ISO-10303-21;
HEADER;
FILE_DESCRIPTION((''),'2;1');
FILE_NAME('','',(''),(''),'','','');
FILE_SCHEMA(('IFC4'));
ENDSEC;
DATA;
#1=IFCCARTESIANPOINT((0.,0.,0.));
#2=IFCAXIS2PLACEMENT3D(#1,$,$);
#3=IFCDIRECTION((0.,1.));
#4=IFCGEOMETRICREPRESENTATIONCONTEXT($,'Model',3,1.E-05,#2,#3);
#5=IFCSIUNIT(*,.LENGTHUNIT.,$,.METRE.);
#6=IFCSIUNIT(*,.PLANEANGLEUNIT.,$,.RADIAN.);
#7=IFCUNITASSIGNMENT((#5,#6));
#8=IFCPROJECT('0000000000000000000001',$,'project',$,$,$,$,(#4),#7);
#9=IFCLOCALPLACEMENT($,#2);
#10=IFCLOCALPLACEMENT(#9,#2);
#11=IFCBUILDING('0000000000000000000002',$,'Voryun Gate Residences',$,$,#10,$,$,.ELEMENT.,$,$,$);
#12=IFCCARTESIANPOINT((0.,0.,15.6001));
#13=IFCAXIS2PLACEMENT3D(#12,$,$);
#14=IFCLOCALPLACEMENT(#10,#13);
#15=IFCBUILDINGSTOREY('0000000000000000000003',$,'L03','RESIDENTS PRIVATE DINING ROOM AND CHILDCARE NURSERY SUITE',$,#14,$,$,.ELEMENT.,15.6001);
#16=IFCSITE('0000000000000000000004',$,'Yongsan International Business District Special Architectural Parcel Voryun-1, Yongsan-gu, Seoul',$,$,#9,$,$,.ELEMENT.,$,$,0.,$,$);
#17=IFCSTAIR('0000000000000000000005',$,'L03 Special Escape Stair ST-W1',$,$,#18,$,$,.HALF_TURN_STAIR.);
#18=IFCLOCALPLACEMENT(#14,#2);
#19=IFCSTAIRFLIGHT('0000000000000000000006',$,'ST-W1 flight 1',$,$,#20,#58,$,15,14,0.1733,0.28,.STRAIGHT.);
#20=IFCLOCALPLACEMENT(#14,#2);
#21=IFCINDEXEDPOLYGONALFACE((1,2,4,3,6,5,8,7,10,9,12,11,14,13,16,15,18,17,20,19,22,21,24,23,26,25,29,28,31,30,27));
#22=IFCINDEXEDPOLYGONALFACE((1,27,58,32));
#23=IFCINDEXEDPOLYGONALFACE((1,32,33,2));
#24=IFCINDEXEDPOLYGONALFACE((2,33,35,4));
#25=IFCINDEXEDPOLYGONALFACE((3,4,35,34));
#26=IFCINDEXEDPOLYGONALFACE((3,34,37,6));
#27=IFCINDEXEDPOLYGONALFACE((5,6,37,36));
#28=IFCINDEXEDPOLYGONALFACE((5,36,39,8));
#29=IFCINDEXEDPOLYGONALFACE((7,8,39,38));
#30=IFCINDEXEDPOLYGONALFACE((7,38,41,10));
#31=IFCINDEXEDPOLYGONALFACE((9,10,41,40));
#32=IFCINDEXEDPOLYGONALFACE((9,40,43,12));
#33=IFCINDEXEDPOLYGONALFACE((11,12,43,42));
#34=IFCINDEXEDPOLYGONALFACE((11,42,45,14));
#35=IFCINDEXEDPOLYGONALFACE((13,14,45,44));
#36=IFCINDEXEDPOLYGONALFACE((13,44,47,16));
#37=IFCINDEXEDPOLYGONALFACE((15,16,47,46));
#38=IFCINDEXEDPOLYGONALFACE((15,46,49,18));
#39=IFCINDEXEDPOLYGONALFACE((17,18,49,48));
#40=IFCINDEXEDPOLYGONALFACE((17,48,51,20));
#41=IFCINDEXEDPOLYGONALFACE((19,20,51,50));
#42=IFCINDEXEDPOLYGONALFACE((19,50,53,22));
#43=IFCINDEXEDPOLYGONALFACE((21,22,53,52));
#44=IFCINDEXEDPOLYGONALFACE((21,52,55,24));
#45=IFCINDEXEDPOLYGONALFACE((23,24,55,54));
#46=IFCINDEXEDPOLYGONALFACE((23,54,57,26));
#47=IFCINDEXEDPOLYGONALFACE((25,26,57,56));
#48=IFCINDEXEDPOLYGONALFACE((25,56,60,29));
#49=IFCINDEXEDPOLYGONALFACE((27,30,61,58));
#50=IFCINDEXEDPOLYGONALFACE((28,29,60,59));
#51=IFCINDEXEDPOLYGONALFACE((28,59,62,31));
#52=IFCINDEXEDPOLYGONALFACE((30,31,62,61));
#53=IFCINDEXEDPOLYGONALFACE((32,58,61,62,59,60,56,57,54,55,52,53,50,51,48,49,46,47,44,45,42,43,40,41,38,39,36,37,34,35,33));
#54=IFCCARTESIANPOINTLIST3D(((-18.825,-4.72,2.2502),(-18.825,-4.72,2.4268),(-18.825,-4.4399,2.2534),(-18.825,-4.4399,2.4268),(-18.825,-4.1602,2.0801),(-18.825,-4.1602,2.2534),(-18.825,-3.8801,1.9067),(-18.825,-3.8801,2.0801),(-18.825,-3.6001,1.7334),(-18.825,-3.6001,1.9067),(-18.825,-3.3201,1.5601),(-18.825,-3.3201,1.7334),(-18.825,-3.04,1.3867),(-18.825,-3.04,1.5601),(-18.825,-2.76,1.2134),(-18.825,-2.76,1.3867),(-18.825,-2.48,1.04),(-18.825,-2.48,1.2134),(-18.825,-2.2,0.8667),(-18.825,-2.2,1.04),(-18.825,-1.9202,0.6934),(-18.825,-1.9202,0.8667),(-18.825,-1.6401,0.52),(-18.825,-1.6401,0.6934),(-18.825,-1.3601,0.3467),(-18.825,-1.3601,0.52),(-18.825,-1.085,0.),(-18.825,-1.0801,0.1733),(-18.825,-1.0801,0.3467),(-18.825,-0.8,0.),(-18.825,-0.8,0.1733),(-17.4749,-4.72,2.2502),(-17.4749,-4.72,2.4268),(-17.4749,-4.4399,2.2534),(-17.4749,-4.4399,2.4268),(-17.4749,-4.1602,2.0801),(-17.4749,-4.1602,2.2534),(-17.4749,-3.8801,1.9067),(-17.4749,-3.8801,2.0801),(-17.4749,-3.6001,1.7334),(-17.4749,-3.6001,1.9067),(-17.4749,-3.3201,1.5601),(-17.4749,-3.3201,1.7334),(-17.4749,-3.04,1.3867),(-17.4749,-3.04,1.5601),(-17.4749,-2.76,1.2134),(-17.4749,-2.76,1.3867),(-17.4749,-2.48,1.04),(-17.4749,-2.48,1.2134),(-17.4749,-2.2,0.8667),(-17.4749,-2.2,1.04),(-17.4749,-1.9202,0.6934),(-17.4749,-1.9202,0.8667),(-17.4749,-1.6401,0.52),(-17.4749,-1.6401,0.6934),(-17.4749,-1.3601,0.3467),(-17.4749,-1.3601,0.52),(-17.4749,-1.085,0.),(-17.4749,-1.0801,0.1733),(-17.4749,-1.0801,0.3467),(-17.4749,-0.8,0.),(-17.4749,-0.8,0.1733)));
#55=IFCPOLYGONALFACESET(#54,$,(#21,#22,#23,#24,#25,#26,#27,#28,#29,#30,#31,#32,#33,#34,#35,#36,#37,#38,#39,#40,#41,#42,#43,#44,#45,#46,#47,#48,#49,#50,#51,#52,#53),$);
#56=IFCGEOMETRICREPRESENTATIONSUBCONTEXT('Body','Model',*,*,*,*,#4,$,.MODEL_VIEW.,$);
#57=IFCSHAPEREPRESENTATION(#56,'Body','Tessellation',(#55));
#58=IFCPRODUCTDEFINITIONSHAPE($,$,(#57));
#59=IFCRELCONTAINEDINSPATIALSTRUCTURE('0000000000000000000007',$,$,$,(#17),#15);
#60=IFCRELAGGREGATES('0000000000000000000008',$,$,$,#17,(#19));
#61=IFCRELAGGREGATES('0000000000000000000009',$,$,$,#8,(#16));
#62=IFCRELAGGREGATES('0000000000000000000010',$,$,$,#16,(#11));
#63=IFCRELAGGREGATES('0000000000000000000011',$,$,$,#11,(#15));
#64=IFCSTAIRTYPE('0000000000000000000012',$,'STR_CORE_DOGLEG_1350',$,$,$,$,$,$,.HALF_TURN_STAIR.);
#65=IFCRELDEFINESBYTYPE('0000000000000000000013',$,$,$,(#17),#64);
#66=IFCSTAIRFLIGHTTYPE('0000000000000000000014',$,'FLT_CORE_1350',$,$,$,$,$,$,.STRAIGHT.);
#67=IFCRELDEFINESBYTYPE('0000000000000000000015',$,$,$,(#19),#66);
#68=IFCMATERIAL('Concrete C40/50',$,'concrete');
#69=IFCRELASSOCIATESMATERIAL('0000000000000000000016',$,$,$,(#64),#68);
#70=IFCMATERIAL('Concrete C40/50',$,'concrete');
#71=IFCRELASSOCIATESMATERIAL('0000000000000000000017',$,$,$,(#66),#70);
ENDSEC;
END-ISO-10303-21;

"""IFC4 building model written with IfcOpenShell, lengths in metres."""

from ifc_helpers import new_model, si_unit, direction, frame, origin, place, context, subcontext, project, spatial, polyline, outline, extrude, material, type_object, element, aggregate, save


model = new_model("IFC4")

# Units and contexts
model_context = context("Model", 3, precision=1e-05, world=origin(), true_north=direction((0.0, 1.0)))
body_context = subcontext(model_context, "Body", "Model", "MODEL_VIEW")
ifc_project = project(units=[si_unit("LENGTHUNIT", "METRE"), si_unit("PLANEANGLEUNIT", "RADIAN")], contexts=[model_context])

# Site, building, storey
site_placement = place(None, origin())
site = spatial("IfcSite", under=ifc_project, at=site_placement, Name="Yongsan International Business District Special Architectural Parcel Voryun-1, Yongsan-gu, Seoul", CompositionType="ELEMENT", RefElevation=0.0)
building_placement = place(site_placement, origin())
building = spatial("IfcBuilding", under=site, at=building_placement, Name="Voryun Gate Residences", CompositionType="ELEMENT")
storey_placement = place(building_placement, frame((0.0, 0.0, 15.6001)))
storey = spatial("IfcBuildingStorey", under=building, at=storey_placement, Name="L03", Description="RESIDENTS PRIVATE DINING ROOM AND CHILDCARE NURSERY SUITE", CompositionType="ELEMENT", Elevation=15.6001)

# Stair, stair flight
ifc_material_1 = material(Name="Concrete C40/50", Category="concrete")
stair_type = type_object("IfcStairType", Name="STR_CORE_DOGLEG_1350", PredefinedType="HALF_TURN_STAIR", material=ifc_material_1)
stair_placement = place(storey_placement, origin())
stair = element("IfcStair", 1, at=stair_placement, inside=storey, type_object=stair_type, Name="L03 Special Escape Stair ST-W1", PredefinedType="HALF_TURN_STAIR")
ifc_material_2 = material(Name="Concrete C40/50", Category="concrete")
stair_flight_type = type_object("IfcStairFlightType", Name="FLT_CORE_1350", PredefinedType="STRAIGHT", material=ifc_material_2)
stair_flight_placement = place(storey_placement, frame((-18.1499, -0.8, 0.0), z_axis=(0.0, 0.0, 1.0), x_axis=(0.0, -1.0, 0.0)))
stair_flight = element("IfcStairFlight", 2, at=stair_flight_placement, type_object=stair_flight_type, Name="ST-W1 flight 1", NumberOfRisers=15, NumberOfTreads=14, PredefinedType="STRAIGHT", RiserHeight=0.1733, TreadLength=0.28, context=body_context, shape_type="SweptSolid", body=[
    extrude(outline(polyline([(0.0, 0.0), (0.0, 0.1733), (0.28, 0.1733), (0.28, 0.3467), (0.5601, 0.3467), (0.5601, 0.52), (0.8401, 0.52), (0.8401, 0.6934), (1.1201, 0.6934), (1.1201, 0.8667), (1.3999, 0.8667), (1.3999, 1.04), (1.6799, 1.04), (1.6799, 1.2134), (1.96, 1.2134), (1.96, 1.3867), (2.24, 1.3867), (2.24, 1.5601), (2.52, 1.5601), (2.52, 1.7334), (2.8, 1.7334), (2.8, 1.9067), (3.0801, 1.9067), (3.0801, 2.0801), (3.3601, 2.0801), (3.3601, 2.2534), (3.6399, 2.2534), (3.6399, 2.4268), (3.9199, 2.4268), (3.9199, 2.6001), (3.9199, 2.2502), (0.2849, 0.0), (0.0, 0.0)])), frame((0.0, 0.675, 0.0), z_axis=(0.0, -1.0, 0.0), x_axis=(1.0, 0.0, 0.0)), (0.0, 0.0, 1.0), 1.3501),
])
aggregate(stair, [stair_flight])

save(model, "model.ifc")
